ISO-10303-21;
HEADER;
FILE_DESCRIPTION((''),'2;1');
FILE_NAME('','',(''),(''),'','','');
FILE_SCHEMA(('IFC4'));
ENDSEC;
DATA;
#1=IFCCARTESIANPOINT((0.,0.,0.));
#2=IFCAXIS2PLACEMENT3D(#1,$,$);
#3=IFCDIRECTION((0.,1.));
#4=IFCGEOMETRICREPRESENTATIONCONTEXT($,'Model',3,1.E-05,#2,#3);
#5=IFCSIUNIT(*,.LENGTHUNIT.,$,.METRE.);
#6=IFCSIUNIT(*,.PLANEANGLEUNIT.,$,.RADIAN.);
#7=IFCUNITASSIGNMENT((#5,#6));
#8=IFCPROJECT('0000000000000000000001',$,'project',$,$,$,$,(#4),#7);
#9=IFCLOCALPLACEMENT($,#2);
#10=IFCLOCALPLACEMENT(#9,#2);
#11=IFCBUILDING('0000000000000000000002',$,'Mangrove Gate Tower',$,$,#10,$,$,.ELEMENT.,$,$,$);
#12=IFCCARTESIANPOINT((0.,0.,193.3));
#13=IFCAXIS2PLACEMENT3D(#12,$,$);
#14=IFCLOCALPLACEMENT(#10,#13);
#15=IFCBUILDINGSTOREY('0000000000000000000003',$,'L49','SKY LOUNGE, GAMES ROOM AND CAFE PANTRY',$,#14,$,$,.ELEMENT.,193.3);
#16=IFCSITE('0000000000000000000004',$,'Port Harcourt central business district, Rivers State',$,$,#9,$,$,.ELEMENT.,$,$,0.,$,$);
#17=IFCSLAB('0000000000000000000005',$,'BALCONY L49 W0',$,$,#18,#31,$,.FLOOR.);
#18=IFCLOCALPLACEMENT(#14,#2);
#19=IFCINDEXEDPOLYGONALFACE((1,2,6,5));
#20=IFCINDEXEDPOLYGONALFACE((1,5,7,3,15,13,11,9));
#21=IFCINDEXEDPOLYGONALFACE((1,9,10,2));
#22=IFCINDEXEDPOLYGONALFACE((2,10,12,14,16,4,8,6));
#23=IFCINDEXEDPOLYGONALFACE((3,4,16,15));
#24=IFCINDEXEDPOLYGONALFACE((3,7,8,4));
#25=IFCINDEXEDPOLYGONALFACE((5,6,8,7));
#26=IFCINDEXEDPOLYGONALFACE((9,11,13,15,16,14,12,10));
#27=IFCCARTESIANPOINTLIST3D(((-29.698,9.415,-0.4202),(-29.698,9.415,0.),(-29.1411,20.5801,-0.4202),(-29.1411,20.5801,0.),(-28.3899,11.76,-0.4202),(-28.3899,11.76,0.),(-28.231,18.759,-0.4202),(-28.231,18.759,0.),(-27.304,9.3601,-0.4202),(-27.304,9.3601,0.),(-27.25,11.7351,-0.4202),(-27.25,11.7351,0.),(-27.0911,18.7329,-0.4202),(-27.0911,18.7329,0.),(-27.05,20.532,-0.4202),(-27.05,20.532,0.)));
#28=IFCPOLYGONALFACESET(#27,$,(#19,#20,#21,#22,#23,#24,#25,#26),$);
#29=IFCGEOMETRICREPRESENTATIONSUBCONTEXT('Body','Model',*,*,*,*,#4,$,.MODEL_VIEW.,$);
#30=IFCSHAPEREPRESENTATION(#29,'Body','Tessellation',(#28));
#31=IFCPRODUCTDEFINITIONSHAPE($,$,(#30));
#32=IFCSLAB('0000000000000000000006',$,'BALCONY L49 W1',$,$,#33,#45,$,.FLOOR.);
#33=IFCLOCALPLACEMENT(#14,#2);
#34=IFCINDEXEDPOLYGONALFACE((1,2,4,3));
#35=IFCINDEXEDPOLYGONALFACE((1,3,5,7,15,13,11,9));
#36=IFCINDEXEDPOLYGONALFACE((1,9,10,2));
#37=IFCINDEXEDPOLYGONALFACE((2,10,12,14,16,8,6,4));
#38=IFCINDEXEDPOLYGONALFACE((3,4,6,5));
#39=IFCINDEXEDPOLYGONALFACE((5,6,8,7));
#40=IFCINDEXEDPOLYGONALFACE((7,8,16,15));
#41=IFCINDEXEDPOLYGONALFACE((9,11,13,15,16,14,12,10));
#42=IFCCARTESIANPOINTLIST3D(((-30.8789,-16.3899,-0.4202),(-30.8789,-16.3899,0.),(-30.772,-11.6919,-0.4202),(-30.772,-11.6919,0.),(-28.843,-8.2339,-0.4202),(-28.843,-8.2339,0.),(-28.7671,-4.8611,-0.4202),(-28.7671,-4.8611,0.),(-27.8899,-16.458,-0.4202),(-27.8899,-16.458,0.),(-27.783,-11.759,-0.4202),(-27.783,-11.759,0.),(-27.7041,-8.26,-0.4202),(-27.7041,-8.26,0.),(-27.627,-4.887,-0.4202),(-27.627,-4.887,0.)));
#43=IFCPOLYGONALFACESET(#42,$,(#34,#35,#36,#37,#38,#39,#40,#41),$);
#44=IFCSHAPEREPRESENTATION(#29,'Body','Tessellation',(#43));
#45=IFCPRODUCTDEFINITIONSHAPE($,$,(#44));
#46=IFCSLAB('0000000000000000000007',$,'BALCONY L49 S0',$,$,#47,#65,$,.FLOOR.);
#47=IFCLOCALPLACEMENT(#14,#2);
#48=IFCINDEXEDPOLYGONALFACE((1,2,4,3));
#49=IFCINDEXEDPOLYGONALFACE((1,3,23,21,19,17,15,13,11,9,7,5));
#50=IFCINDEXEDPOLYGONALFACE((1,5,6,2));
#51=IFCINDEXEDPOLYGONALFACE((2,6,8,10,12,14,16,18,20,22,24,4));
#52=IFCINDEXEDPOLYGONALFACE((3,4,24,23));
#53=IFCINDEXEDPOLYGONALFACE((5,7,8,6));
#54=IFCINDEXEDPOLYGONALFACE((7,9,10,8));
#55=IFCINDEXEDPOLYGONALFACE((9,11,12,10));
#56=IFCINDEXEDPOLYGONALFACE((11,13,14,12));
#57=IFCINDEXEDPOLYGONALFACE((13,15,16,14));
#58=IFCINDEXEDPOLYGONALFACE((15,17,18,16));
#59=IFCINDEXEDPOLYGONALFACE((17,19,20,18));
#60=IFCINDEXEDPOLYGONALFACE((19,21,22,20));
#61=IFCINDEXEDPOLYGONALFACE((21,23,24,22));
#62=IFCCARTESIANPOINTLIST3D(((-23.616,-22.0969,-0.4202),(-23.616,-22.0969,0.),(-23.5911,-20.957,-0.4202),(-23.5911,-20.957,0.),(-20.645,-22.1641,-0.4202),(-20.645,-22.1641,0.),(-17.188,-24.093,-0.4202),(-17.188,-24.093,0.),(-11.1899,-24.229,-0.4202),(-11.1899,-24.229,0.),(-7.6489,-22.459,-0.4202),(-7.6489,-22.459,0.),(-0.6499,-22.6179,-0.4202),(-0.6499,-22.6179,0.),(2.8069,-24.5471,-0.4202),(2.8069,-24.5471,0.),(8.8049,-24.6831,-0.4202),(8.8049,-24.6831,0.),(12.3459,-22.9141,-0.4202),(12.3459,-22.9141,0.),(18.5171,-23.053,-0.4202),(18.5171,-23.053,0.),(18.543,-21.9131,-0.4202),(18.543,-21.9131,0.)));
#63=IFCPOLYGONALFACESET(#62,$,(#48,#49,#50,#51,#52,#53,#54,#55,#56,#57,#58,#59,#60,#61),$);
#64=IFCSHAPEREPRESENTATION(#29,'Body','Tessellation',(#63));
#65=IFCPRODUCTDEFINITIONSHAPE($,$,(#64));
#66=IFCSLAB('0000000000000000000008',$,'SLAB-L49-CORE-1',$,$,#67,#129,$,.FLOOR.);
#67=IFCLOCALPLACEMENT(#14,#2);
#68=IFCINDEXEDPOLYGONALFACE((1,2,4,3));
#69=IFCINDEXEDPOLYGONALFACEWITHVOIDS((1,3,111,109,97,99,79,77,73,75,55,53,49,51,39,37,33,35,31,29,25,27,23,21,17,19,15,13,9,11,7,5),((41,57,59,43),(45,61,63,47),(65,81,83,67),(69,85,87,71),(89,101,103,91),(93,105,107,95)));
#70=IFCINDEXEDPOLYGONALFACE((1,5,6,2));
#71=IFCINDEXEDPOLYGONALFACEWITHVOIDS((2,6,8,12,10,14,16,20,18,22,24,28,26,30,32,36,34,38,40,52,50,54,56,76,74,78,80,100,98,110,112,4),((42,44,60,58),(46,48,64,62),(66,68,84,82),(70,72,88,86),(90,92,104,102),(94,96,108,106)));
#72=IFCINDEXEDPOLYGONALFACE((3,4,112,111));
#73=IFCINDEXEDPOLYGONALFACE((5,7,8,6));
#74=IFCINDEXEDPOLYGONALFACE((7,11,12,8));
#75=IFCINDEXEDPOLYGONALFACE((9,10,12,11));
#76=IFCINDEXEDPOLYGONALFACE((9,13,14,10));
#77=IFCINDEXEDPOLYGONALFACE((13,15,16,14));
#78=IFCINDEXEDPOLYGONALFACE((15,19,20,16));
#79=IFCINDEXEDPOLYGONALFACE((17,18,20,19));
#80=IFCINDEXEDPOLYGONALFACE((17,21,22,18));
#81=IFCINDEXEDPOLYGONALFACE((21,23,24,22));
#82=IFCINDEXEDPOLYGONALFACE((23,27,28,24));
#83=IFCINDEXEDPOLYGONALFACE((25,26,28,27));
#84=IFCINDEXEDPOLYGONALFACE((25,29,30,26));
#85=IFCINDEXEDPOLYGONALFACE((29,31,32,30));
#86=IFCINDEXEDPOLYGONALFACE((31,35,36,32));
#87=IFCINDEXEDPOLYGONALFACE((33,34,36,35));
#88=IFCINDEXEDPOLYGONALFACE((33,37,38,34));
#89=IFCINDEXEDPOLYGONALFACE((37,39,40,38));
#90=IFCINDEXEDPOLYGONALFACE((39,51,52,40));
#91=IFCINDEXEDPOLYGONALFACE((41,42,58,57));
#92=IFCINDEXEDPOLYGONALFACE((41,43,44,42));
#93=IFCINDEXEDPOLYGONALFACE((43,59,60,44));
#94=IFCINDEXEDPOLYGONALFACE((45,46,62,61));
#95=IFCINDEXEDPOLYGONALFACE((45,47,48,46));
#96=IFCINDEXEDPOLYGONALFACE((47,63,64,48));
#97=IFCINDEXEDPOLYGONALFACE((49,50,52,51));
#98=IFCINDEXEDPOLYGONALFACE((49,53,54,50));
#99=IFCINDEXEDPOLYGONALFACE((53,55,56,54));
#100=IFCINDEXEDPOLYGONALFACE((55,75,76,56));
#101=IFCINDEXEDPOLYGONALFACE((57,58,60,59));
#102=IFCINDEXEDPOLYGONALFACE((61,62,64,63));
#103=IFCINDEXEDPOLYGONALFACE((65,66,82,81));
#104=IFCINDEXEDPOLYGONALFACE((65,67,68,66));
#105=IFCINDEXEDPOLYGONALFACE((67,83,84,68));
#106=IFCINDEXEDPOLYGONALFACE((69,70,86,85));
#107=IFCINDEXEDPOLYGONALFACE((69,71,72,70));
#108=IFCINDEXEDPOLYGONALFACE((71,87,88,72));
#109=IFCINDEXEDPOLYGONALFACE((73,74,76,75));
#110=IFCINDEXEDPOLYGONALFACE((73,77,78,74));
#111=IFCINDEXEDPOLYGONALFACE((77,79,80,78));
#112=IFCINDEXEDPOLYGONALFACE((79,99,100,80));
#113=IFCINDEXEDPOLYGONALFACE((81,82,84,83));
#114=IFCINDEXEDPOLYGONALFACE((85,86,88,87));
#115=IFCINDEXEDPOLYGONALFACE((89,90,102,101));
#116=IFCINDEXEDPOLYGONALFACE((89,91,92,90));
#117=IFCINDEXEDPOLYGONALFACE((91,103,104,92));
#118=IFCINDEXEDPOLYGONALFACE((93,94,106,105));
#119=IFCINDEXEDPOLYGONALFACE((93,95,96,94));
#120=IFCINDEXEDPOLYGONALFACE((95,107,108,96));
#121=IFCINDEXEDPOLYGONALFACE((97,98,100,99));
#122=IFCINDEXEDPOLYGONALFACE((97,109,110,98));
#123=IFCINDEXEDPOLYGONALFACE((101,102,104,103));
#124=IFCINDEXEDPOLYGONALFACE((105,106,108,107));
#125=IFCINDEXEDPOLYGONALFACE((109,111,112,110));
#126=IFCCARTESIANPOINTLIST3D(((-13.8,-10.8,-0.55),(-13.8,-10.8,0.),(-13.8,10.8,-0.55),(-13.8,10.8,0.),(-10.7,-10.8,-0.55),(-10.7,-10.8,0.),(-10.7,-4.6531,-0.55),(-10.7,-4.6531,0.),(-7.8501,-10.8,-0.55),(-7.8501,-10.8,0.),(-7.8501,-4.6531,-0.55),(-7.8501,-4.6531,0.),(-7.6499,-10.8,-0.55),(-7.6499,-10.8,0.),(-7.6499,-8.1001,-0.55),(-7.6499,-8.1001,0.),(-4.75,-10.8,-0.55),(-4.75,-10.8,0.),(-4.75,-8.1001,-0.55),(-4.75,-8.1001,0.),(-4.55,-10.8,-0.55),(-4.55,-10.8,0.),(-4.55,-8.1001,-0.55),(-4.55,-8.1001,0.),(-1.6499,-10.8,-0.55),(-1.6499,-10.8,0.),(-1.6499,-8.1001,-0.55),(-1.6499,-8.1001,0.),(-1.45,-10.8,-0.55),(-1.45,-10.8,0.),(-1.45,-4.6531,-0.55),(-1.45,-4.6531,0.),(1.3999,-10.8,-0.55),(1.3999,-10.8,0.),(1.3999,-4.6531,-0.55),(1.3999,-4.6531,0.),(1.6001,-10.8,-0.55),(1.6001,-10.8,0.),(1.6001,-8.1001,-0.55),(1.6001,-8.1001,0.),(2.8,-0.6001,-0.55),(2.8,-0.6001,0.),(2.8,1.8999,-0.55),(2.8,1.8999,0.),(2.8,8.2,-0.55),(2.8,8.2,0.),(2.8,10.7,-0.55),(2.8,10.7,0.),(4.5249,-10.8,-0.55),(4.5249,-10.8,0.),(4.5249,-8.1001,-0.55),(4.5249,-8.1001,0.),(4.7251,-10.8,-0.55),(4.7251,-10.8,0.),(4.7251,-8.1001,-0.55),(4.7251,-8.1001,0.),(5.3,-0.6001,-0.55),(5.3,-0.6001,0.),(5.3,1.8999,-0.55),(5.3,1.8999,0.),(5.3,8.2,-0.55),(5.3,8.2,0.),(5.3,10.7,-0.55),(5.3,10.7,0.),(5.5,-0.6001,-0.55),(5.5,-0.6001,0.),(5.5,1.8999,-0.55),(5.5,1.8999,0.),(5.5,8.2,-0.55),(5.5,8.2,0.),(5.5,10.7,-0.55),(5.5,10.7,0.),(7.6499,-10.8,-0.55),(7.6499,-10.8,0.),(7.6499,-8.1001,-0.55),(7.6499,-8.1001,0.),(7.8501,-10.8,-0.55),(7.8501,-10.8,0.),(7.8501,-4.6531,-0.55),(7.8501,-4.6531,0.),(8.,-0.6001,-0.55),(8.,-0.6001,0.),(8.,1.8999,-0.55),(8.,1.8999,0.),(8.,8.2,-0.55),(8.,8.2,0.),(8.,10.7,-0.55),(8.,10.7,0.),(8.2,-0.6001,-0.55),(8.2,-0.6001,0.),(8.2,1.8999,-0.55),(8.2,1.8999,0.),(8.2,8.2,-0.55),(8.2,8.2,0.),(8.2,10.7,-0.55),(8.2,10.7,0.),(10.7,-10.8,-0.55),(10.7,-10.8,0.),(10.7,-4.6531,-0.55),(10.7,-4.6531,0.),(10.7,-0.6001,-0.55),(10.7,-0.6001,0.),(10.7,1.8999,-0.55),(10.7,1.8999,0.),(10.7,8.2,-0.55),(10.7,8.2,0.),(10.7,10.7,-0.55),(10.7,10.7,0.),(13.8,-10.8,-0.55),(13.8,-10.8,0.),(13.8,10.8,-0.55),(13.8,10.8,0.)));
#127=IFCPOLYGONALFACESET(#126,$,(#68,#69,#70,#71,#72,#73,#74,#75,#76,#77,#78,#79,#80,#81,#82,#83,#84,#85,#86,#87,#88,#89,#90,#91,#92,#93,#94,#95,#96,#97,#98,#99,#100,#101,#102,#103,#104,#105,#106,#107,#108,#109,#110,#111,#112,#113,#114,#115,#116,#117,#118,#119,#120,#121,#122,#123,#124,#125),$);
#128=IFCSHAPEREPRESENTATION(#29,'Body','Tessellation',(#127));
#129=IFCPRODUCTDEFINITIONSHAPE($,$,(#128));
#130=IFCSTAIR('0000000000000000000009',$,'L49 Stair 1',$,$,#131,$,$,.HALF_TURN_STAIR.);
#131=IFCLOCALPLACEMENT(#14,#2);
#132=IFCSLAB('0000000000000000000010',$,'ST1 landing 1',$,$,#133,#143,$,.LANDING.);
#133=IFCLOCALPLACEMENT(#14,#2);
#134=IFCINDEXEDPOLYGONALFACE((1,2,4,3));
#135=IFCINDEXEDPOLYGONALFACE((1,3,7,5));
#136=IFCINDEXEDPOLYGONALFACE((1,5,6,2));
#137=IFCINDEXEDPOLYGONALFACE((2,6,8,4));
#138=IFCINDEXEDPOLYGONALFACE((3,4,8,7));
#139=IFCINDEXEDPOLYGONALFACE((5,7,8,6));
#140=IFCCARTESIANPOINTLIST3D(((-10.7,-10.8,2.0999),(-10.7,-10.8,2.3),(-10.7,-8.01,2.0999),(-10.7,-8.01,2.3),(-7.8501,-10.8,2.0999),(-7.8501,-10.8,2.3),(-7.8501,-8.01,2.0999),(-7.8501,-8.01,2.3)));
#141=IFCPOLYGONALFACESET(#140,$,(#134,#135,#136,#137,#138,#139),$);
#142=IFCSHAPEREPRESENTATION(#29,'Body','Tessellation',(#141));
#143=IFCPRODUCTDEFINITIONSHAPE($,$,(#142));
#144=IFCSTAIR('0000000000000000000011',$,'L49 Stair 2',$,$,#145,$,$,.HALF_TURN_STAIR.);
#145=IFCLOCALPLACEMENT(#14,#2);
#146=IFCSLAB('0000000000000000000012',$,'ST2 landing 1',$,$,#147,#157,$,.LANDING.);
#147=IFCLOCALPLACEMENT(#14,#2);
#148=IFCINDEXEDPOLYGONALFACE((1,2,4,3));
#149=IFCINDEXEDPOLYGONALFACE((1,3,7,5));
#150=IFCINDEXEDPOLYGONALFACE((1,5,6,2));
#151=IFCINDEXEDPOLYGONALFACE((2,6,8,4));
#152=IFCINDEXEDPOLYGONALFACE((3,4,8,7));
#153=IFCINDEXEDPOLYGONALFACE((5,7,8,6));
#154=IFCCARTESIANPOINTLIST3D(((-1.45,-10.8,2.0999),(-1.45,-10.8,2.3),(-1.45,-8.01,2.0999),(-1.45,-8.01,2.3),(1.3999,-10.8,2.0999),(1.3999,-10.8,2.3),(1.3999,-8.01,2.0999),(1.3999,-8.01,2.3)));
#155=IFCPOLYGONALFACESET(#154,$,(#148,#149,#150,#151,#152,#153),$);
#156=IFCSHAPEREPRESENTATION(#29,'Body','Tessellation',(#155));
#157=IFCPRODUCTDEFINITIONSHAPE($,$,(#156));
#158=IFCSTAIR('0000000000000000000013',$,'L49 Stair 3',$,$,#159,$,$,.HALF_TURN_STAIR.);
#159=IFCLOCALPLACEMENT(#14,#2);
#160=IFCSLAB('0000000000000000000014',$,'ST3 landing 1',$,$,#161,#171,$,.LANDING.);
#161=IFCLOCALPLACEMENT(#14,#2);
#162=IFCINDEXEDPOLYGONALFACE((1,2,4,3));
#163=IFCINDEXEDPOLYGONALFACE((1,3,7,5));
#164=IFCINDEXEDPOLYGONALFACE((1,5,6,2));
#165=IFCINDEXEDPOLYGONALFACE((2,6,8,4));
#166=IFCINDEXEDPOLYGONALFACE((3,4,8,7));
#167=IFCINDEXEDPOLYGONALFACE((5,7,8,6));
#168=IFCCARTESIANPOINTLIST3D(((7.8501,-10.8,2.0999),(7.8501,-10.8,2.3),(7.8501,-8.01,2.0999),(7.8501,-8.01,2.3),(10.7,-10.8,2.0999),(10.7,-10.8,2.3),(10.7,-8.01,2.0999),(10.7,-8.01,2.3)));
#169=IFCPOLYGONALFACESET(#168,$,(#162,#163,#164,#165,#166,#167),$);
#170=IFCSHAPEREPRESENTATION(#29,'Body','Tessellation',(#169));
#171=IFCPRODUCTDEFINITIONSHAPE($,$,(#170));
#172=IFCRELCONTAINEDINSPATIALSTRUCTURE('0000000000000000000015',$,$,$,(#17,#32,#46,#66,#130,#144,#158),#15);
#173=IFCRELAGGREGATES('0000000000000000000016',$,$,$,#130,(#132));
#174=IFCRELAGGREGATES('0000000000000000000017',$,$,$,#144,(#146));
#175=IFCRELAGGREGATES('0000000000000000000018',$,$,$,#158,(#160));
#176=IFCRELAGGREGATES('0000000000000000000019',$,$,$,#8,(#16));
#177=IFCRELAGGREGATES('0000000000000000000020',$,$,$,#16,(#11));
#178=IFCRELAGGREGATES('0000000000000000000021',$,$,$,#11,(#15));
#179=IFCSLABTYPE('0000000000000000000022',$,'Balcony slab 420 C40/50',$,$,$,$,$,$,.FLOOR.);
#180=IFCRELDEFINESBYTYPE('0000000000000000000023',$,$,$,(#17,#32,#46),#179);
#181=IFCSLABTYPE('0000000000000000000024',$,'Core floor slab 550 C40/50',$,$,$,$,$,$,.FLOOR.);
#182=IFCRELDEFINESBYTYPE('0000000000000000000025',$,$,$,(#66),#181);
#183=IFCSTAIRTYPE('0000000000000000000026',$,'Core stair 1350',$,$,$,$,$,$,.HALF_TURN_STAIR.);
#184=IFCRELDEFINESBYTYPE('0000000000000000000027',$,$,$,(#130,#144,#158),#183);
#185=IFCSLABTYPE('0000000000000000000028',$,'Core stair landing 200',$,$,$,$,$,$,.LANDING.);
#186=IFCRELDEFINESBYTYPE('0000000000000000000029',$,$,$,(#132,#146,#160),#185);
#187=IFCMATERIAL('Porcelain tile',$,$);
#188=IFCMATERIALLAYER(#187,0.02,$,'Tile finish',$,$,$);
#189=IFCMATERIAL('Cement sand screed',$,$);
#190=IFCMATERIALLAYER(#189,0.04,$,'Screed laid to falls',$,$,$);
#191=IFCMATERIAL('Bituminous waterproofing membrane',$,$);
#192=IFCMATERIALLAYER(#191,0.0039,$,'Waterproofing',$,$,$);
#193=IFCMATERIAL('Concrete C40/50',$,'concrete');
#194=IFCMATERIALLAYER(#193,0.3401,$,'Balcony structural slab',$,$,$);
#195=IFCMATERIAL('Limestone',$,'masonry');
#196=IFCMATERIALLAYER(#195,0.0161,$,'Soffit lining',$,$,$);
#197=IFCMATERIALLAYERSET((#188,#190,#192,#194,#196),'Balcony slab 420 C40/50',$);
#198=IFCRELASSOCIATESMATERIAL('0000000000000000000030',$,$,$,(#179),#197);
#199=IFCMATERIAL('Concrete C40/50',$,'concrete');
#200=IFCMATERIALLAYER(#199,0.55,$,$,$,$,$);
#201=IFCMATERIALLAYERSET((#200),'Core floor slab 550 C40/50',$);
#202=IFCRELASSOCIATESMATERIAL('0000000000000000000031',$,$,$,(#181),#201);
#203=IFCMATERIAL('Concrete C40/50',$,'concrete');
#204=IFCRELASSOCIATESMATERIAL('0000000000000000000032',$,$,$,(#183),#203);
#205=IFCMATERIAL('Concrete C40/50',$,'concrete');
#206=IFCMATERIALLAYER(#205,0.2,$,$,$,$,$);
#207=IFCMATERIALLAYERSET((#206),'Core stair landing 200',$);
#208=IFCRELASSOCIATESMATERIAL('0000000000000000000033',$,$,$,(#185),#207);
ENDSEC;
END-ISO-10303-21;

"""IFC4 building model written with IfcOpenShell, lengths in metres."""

from ifc_helpers import new_model, si_unit, direction, frame, origin, place, context, subcontext, project, spatial, polyline, outline, extrude, material, layer, layer_set, type_object, element, aggregate, save


model = new_model("IFC4")

# Units and contexts
model_context = context("Model", 3, precision=1e-05, world=origin(), true_north=direction((0.0, 1.0)))
body_context = subcontext(model_context, "Body", "Model", "MODEL_VIEW")
ifc_project = project(units=[si_unit("LENGTHUNIT", "METRE"), si_unit("PLANEANGLEUNIT", "RADIAN")], contexts=[model_context])

# Site, building, storey
site_placement = place(None, origin())
site = spatial("IfcSite", under=ifc_project, at=site_placement, Name="Port Harcourt central business district, Rivers State", CompositionType="ELEMENT", RefElevation=0.0)
building_placement = place(site_placement, origin())
building = spatial("IfcBuilding", under=site, at=building_placement, Name="Mangrove Gate Tower", CompositionType="ELEMENT")
storey_placement = place(building_placement, frame((0.0, 0.0, 193.3)))
storey = spatial("IfcBuildingStorey", under=building, at=storey_placement, Name="L49", Description="SKY LOUNGE, GAMES ROOM AND CAFE PANTRY", CompositionType="ELEMENT", Elevation=193.3)

# Slabs
ifc_material_1 = material(Name="Porcelain tile")
ifc_layer_1 = layer(ifc_material_1, 0.02, Name="Tile finish")
ifc_material_2 = material(Name="Cement sand screed")
ifc_layer_2 = layer(ifc_material_2, 0.04, Name="Screed laid to falls")
ifc_material_3 = material(Name="Bituminous waterproofing membrane")
ifc_layer_3 = layer(ifc_material_3, 0.0039, Name="Waterproofing")
ifc_material_4 = material(Name="Concrete C40/50", Category="concrete")
ifc_layer_4 = layer(ifc_material_4, 0.3401, Name="Balcony structural slab")
ifc_material_5 = material(Name="Limestone", Category="masonry")
ifc_layer_5 = layer(ifc_material_5, 0.0161, Name="Soffit lining")
ifc_layer_set_1 = layer_set([ifc_layer_1, ifc_layer_2, ifc_layer_3, ifc_layer_4, ifc_layer_5], Name="Balcony slab 420 C40/50")
slab_type_1 = type_object("IfcSlabType", Name="Balcony slab 420 C40/50", PredefinedType="FLOOR", material=ifc_layer_set_1)
slab_1_placement = place(storey_placement, frame((0.0, 0.0, -0.4202)))
element("IfcSlab", 1, at=slab_1_placement, inside=storey, type_object=slab_type_1, Name="BALCONY L49 W0", PredefinedType="FLOOR", context=body_context, shape_type="SweptSolid", body=[
    extrude(outline(polyline([(-29.1411, 20.5801), (-28.231, 18.759), (-28.3899, 11.76), (-29.698, 9.415), (-27.304, 9.3601), (-27.25, 11.7351), (-27.0911, 18.7329), (-27.05, 20.532), (-29.1411, 20.5801)])), origin(), (0.0, 0.0, 1.0), 0.4202),
])
slab_2_placement = place(storey_placement, frame((0.0, 0.0, -0.4202)))
element("IfcSlab", 2, at=slab_2_placement, inside=storey, type_object=slab_type_1, Name="BALCONY L49 W1", PredefinedType="FLOOR", context=body_context, shape_type="SweptSolid", body=[
    extrude(outline(polyline([(-28.7671, -4.8611), (-28.843, -8.2339), (-30.772, -11.6919), (-30.8789, -16.3899), (-27.8899, -16.458), (-27.783, -11.759), (-27.7041, -8.26), (-27.627, -4.887), (-28.7671, -4.8611)])), origin(), (0.0, 0.0, 1.0), 0.4202),
])
slab_3_placement = place(storey_placement, frame((0.0, 0.0, -0.4202)))
element("IfcSlab", 3, at=slab_3_placement, inside=storey, type_object=slab_type_1, Name="BALCONY L49 S0", PredefinedType="FLOOR", context=body_context, shape_type="SweptSolid", body=[
    extrude(outline(polyline([(-23.616, -22.0969), (-20.645, -22.1641), (-17.188, -24.093), (-11.1899, -24.229), (-7.6489, -22.459), (-0.6499, -22.6179), (2.8069, -24.5471), (8.8049, -24.6831), (12.3459, -22.9141), (18.5171, -23.053), (18.543, -21.9131), (-23.5911, -20.957), (-23.616, -22.0969)])), origin(), (0.0, 0.0, 1.0), 0.4202),
])
ifc_material_6 = material(Name="Concrete C40/50", Category="concrete")
ifc_layer_6 = layer(ifc_material_6, 0.55)
ifc_layer_set_2 = layer_set([ifc_layer_6], Name="Core floor slab 550 C40/50")
slab_type_2 = type_object("IfcSlabType", Name="Core floor slab 550 C40/50", PredefinedType="FLOOR", material=ifc_layer_set_2)
slab_4_placement = place(storey_placement, frame((0.0, 0.0, -0.55)))
element("IfcSlab", 4, at=slab_4_placement, inside=storey, type_object=slab_type_2, Name="SLAB-L49-CORE-1", PredefinedType="FLOOR", context=body_context, shape_type="SweptSolid", body=[
    extrude(outline(polyline([(-13.8, -10.8), (-13.8, 10.8), (13.8, 10.8), (13.8, -10.8), (10.7, -10.8), (10.7, -4.6531), (7.8501, -4.6531), (7.8501, -10.8), (7.6499, -10.8), (7.6499, -8.1001), (4.7251, -8.1001), (4.7251, -10.8), (4.5249, -10.8), (4.5249, -8.1001), (1.6001, -8.1001), (1.6001, -10.8), (1.3999, -10.8), (1.3999, -4.6531), (-1.45, -4.6531), (-1.45, -10.8), (-1.6499, -10.8), (-1.6499, -8.1001), (-4.55, -8.1001), (-4.55, -10.8), (-4.75, -10.8), (-4.75, -8.1001), (-7.6499, -8.1001), (-7.6499, -10.8), (-7.8501, -10.8), (-7.8501, -4.6531), (-10.7, -4.6531), (-10.7, -10.8), (-13.8, -10.8)]), holes=[polyline([(5.3, -0.6001), (5.3, 1.8999), (2.8, 1.8999), (2.8, -0.6001), (5.3, -0.6001)]), polyline([(5.3, 10.7), (2.8, 10.7), (2.8, 8.2), (5.3, 8.2), (5.3, 10.7)]), polyline([(8.0, -0.6001), (8.0, 1.8999), (5.5, 1.8999), (5.5, -0.6001), (8.0, -0.6001)]), polyline([(10.7, -0.6001), (10.7, 1.8999), (8.2, 1.8999), (8.2, -0.6001), (10.7, -0.6001)]), polyline([(8.0, 8.2), (8.0, 10.7), (5.5, 10.7), (5.5, 8.2), (8.0, 8.2)]), polyline([(10.7, 8.2), (10.7, 10.7), (8.2, 10.7), (8.2, 8.2), (10.7, 8.2)])]), origin(), (0.0, 0.0, 1.0), 0.55),
])

# Stairs, slabs
ifc_material_7 = material(Name="Concrete C40/50", Category="concrete")
stair_type = type_object("IfcStairType", Name="Core stair 1350", PredefinedType="HALF_TURN_STAIR", material=ifc_material_7)
stair_1_placement = place(storey_placement, origin())
stair_1 = element("IfcStair", 5, at=stair_1_placement, inside=storey, type_object=stair_type, Name="L49 Stair 1", PredefinedType="HALF_TURN_STAIR")
ifc_material_8 = material(Name="Concrete C40/50", Category="concrete")
ifc_layer_7 = layer(ifc_material_8, 0.2)
ifc_layer_set_3 = layer_set([ifc_layer_7], Name="Core stair landing 200")
slab_type_3 = type_object("IfcSlabType", Name="Core stair landing 200", PredefinedType="LANDING", material=ifc_layer_set_3)
slab_5_placement = place(storey_placement, frame((0.0, 0.0, 2.0999)))
slab_5 = element("IfcSlab", 6, at=slab_5_placement, type_object=slab_type_3, Name="ST1 landing 1", PredefinedType="LANDING", context=body_context, shape_type="SweptSolid", body=[
    extrude(outline(polyline([(-10.7, -8.01), (-10.7, -10.8), (-7.8501, -10.8), (-7.8501, -8.01), (-10.7, -8.01)])), origin(), (0.0, 0.0, 1.0), 0.2002),
])
aggregate(stair_1, [slab_5])
stair_2_placement = place(storey_placement, origin())
stair_2 = element("IfcStair", 7, at=stair_2_placement, inside=storey, type_object=stair_type, Name="L49 Stair 2", PredefinedType="HALF_TURN_STAIR")
slab_6_placement = place(storey_placement, frame((0.0, 0.0, 2.0999)))
slab_6 = element("IfcSlab", 8, at=slab_6_placement, type_object=slab_type_3, Name="ST2 landing 1", PredefinedType="LANDING", context=body_context, shape_type="SweptSolid", body=[
    extrude(outline(polyline([(-1.45, -8.01), (-1.45, -10.8), (1.3999, -10.8), (1.3999, -8.01), (-1.45, -8.01)])), origin(), (0.0, 0.0, 1.0), 0.2002),
])
aggregate(stair_2, [slab_6])
stair_3_placement = place(storey_placement, origin())
stair_3 = element("IfcStair", 9, at=stair_3_placement, inside=storey, type_object=stair_type, Name="L49 Stair 3", PredefinedType="HALF_TURN_STAIR")
slab_7_placement = place(storey_placement, frame((0.0, 0.0, 2.0999)))
slab_7 = element("IfcSlab", 10, at=slab_7_placement, type_object=slab_type_3, Name="ST3 landing 1", PredefinedType="LANDING", context=body_context, shape_type="SweptSolid", body=[
    extrude(outline(polyline([(7.8501, -8.01), (7.8501, -10.8), (10.7, -10.8), (10.7, -8.01), (7.8501, -8.01)])), origin(), (0.0, 0.0, 1.0), 0.2002),
])
aggregate(stair_3, [slab_7])

save(model, "model.ifc")
